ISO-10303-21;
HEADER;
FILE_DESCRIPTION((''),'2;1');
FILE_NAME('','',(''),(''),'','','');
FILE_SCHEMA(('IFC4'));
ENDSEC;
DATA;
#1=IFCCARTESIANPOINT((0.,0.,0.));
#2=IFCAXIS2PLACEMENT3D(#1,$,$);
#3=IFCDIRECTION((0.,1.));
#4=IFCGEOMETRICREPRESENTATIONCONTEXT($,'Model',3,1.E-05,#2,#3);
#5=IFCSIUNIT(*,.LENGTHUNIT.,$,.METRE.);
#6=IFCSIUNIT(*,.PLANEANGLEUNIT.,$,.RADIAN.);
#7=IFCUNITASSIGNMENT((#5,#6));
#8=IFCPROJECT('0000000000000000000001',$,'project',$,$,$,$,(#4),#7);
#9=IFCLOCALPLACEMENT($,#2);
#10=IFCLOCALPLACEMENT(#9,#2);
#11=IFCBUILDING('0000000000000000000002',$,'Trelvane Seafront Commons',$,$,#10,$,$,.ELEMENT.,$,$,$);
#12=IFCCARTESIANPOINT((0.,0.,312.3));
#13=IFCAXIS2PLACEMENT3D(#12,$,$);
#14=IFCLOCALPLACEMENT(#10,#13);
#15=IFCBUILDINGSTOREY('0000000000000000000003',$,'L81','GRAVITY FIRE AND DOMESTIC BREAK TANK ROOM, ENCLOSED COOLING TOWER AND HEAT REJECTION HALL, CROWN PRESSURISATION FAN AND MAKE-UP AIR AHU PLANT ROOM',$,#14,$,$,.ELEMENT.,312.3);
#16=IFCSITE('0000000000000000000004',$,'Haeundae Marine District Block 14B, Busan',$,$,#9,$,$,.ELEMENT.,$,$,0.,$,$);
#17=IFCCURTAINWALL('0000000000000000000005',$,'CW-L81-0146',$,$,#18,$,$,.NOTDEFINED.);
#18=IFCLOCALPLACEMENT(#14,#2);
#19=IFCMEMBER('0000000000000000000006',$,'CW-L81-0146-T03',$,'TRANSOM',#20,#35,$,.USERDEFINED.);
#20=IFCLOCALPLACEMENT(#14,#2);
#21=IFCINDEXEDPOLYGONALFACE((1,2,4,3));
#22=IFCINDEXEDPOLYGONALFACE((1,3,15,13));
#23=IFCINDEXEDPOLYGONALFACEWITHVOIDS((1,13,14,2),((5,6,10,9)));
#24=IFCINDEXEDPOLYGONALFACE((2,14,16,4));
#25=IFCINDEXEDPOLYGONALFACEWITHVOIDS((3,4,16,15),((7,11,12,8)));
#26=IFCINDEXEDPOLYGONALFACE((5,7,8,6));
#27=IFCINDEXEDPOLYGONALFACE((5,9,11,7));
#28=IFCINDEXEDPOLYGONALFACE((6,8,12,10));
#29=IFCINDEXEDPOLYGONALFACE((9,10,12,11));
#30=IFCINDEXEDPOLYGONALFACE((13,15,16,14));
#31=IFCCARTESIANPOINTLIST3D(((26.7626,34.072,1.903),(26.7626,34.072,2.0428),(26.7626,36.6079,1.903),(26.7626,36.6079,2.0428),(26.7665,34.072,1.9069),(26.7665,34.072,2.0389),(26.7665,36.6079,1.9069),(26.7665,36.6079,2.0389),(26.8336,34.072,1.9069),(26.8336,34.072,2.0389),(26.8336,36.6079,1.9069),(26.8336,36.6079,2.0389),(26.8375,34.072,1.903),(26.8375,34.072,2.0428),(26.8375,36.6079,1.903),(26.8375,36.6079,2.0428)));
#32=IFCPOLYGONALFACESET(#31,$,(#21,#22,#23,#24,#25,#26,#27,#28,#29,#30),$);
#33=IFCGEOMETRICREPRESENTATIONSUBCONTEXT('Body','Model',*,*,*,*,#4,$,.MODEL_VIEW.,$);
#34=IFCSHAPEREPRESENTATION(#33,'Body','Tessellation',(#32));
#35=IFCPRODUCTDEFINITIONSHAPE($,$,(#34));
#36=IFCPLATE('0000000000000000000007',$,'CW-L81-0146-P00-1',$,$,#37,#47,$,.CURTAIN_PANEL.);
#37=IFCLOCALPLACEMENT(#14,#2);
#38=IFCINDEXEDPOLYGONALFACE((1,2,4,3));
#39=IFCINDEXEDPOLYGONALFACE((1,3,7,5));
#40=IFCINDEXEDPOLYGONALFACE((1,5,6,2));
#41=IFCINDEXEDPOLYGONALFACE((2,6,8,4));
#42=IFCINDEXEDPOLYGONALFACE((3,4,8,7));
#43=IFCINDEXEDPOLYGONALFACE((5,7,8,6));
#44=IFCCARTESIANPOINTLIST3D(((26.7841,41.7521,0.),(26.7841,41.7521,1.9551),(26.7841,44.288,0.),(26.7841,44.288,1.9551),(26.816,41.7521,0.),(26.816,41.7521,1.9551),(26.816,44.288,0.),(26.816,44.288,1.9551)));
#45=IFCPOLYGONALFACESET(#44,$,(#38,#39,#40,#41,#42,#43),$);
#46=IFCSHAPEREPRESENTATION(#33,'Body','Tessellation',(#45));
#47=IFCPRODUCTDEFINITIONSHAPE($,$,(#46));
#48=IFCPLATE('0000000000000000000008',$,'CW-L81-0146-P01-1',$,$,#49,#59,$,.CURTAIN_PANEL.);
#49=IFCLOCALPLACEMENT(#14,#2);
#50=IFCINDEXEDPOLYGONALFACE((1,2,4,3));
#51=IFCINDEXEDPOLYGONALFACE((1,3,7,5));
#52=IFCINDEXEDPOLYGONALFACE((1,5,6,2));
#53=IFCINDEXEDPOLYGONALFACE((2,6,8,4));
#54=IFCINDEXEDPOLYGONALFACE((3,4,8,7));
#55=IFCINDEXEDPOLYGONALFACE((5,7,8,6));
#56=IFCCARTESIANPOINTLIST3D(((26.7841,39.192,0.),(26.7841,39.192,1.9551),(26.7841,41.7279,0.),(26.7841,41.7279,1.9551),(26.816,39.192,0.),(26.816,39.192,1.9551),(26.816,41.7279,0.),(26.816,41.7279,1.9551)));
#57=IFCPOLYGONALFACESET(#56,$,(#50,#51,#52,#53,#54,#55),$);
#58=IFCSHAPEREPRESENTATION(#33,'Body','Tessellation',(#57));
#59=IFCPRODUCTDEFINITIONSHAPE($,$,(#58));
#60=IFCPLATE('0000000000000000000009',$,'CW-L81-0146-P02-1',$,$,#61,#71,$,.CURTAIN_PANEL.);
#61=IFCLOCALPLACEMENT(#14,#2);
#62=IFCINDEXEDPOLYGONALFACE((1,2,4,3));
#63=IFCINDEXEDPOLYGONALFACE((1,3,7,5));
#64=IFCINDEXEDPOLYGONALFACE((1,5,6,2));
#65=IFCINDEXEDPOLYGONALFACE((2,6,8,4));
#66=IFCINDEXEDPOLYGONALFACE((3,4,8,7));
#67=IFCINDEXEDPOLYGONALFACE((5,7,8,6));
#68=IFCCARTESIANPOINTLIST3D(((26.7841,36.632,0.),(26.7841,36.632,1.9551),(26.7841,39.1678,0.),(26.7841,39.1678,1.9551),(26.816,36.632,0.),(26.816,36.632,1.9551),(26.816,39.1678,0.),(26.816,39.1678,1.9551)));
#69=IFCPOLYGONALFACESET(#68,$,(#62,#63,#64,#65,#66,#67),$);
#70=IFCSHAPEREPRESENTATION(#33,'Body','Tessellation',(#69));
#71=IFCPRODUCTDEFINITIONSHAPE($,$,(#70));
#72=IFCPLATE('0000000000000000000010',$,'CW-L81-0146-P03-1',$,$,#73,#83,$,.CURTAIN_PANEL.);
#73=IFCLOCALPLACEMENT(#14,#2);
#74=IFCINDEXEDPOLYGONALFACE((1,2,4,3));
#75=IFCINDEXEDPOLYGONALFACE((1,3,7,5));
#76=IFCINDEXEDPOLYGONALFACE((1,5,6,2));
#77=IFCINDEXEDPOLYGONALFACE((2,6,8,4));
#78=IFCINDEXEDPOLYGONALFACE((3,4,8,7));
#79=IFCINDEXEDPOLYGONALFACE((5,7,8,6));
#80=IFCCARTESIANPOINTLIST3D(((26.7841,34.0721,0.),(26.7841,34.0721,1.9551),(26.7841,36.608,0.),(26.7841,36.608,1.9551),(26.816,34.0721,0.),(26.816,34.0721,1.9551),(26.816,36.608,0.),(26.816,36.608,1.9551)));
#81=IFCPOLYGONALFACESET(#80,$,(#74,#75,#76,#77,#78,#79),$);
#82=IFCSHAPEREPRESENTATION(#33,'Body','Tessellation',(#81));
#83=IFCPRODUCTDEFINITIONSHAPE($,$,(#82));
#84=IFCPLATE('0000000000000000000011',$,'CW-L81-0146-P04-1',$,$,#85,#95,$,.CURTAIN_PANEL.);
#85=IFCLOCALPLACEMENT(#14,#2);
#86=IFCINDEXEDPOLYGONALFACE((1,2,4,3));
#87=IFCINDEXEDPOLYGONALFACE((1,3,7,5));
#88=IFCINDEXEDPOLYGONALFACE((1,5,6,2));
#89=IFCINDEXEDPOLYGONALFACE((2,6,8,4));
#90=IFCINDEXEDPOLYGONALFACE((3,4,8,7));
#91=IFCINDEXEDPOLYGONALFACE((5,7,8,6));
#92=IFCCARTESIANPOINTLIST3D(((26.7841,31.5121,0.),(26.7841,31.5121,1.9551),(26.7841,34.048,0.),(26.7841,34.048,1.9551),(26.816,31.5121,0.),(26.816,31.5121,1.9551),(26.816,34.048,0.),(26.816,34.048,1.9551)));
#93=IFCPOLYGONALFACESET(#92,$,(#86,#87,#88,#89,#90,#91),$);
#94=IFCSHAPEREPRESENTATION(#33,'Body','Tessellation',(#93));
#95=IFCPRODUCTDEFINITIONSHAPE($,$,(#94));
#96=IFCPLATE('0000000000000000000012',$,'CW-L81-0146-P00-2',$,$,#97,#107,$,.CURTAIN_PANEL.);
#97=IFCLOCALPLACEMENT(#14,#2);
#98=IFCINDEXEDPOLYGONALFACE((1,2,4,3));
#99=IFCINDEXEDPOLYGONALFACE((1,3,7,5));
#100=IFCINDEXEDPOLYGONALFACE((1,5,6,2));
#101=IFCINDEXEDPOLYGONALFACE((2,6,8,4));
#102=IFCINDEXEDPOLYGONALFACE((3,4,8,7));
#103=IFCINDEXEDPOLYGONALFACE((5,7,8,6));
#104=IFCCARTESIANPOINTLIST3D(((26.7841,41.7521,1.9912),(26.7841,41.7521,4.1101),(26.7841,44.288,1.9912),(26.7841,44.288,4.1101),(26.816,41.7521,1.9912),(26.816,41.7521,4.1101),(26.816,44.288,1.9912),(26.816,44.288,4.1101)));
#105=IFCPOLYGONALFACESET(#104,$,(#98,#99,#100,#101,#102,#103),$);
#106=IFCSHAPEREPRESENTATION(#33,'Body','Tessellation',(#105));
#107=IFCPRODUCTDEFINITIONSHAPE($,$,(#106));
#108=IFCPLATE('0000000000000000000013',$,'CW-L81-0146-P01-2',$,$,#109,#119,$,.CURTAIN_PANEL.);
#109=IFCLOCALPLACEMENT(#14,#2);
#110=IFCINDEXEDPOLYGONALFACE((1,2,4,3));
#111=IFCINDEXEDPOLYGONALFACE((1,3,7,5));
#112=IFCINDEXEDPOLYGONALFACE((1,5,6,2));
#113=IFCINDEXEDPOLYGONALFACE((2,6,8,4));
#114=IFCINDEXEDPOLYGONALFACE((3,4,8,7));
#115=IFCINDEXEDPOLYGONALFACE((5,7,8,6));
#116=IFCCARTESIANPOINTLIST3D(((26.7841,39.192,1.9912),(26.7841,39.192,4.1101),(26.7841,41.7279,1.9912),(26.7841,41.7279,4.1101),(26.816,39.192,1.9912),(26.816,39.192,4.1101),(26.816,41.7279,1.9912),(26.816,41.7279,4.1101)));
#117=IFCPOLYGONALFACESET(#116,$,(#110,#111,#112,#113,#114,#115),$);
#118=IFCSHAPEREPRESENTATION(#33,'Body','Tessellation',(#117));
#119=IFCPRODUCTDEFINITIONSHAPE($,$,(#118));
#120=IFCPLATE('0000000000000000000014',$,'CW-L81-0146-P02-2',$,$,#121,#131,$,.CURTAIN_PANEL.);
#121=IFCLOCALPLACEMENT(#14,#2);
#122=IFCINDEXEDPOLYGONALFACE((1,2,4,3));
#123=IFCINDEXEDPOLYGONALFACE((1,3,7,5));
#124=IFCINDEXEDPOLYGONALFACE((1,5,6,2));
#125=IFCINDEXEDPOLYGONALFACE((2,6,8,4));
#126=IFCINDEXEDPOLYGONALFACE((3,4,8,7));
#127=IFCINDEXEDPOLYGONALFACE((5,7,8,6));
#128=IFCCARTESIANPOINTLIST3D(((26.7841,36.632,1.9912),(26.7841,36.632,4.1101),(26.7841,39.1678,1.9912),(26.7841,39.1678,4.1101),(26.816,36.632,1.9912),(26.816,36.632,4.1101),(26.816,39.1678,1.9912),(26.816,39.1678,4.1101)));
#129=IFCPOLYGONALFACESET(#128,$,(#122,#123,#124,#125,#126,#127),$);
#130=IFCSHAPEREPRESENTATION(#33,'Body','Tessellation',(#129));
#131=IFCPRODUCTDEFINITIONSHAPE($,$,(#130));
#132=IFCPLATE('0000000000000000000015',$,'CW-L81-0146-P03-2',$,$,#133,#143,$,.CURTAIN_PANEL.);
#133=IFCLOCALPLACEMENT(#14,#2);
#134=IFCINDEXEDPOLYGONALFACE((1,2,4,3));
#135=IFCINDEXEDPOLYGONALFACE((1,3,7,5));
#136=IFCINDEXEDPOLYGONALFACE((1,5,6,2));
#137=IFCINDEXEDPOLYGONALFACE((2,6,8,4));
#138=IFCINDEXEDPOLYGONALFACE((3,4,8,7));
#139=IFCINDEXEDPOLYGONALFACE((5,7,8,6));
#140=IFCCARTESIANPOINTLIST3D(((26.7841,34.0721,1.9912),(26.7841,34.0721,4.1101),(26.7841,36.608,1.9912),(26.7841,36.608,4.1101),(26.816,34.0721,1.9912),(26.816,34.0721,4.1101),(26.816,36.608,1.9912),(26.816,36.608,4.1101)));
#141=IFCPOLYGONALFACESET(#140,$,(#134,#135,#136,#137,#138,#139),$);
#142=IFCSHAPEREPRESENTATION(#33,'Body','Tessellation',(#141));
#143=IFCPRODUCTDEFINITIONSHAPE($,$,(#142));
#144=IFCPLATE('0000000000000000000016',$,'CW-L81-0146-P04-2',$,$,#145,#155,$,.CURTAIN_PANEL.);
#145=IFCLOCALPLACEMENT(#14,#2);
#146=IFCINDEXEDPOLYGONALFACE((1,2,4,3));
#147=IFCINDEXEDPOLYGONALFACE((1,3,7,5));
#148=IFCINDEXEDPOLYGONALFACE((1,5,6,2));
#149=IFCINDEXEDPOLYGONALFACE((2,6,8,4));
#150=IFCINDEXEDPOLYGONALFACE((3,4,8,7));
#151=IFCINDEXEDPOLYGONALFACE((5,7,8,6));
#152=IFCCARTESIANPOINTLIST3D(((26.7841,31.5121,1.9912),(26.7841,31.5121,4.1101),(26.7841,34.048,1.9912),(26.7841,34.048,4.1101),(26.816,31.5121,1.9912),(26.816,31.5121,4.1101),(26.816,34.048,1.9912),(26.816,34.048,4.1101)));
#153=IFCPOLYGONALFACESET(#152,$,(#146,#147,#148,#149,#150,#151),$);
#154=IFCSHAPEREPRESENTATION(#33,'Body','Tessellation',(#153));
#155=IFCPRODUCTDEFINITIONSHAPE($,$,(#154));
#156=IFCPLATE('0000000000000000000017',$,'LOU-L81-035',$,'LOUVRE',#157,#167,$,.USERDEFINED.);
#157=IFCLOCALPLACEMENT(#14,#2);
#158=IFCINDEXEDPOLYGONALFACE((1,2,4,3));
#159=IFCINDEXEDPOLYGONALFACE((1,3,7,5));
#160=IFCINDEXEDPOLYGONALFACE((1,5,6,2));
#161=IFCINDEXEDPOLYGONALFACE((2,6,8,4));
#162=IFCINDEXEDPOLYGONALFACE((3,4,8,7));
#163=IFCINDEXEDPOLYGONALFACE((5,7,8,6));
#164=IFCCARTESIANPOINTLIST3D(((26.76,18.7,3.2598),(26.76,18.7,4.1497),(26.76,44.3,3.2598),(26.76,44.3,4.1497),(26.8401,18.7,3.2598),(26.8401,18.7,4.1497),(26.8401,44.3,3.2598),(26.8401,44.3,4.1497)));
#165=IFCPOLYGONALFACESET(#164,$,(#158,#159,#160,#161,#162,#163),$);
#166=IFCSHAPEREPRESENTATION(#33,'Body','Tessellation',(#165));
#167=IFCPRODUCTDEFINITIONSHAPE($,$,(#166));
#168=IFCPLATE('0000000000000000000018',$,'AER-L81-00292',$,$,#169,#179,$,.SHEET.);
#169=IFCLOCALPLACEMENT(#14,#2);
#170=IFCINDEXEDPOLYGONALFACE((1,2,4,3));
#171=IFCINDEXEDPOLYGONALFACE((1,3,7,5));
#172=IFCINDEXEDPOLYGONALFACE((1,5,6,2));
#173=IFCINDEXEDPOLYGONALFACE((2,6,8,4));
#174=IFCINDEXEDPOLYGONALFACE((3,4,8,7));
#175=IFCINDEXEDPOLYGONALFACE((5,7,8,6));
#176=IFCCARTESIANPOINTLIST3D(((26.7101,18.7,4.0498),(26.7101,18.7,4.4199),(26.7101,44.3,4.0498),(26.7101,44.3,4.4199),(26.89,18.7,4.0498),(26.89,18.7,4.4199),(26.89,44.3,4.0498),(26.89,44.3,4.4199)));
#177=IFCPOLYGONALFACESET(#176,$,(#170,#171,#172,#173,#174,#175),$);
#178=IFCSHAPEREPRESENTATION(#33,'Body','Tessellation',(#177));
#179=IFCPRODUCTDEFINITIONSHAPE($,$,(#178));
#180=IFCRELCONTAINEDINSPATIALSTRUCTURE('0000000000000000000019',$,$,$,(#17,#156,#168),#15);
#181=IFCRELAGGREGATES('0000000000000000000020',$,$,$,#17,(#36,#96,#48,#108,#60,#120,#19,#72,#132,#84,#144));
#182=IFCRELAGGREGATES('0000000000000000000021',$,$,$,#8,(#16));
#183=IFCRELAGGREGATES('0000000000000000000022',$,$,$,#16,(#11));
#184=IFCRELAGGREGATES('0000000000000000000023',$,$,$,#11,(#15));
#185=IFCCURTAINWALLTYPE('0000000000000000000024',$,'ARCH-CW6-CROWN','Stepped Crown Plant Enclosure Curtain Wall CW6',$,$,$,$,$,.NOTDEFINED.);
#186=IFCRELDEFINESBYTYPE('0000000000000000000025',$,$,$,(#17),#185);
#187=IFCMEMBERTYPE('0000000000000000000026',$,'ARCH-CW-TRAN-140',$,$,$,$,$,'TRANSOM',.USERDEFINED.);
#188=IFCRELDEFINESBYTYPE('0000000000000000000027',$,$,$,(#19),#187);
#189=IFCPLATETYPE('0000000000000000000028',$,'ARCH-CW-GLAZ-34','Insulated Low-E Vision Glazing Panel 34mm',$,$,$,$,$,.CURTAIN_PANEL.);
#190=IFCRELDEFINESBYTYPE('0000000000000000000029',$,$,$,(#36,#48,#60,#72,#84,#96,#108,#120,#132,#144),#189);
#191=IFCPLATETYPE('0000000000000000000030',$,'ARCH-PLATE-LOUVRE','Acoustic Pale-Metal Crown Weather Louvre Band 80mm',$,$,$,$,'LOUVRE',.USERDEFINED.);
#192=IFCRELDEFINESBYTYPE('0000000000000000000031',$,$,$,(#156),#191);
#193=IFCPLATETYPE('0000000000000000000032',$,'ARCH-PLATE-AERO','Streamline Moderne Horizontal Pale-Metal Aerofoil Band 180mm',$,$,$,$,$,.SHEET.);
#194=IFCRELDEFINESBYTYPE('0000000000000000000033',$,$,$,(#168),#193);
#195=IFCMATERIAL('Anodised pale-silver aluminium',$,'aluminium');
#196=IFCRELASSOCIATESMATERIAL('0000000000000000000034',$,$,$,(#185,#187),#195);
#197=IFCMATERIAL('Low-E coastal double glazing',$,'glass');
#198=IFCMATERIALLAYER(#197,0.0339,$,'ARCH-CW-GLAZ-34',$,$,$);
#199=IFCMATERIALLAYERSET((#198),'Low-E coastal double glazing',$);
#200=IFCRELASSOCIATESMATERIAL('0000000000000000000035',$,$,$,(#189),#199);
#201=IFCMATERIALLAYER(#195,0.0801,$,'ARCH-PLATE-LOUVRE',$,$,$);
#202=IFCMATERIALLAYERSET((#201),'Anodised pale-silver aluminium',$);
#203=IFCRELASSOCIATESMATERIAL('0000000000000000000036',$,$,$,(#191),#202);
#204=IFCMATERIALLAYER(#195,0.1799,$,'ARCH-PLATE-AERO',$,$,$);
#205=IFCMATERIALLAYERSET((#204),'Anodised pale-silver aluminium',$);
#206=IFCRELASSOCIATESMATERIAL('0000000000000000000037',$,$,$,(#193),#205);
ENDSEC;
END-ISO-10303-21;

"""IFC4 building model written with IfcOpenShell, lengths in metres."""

from ifc_helpers import new_model, si_unit, direction, frame, origin, origin_2d, place, context, subcontext, project, spatial, rectangle, hollow_rectangle, extrude, source, transform, mapped, material, layer, layer_set, material_profile, profile_set, type_object, element, aggregate, save


model = new_model("IFC4")

# Units and contexts
model_context = context("Model", 3, precision=1e-05, world=origin(), true_north=direction((0.0, 1.0)))
body_context = subcontext(model_context, "Body", "Model", "MODEL_VIEW")
ifc_project = project(units=[si_unit("LENGTHUNIT", "METRE"), si_unit("PLANEANGLEUNIT", "RADIAN")], contexts=[model_context])

# Site, building, storey
site_placement = place(None, origin())
site = spatial("IfcSite", under=ifc_project, at=site_placement, Name="Haeundae Marine District Block 14B, Busan", CompositionType="ELEMENT", RefElevation=0.0)
building_placement = place(site_placement, origin())
building = spatial("IfcBuilding", under=site, at=building_placement, Name="Trelvane Seafront Commons", CompositionType="ELEMENT")
storey_placement = place(building_placement, frame((0.0, 0.0, 312.3)))
storey = spatial("IfcBuildingStorey", under=building, at=storey_placement, Name="L81", Description="GRAVITY FIRE AND DOMESTIC BREAK TANK ROOM, ENCLOSED COOLING TOWER AND HEAT REJECTION HALL, CROWN PRESSURISATION FAN AND MAKE-UP AIR AHU PLANT ROOM", CompositionType="ELEMENT", Elevation=312.3)

# Curtain wall, member, plates
ifc_material_1 = material(Name="Anodised pale-silver aluminium", Category="aluminium")
curtain_wall_type = type_object("IfcCurtainWallType", Name="ARCH-CW6-CROWN", Description="Stepped Crown Plant Enclosure Curtain Wall CW6", PredefinedType="NOTDEFINED", material=ifc_material_1)
curtain_wall_placement = place(storey_placement, origin())
curtain_wall = element("IfcCurtainWall", 1, at=curtain_wall_placement, inside=storey, type_object=curtain_wall_type, Name="CW-L81-0146", PredefinedType="NOTDEFINED")
ifc_material_profile_1 = material_profile(ifc_material_1, hollow_rectangle(XDim=0.075, YDim=0.1399, WallThickness=0.0039, at=origin_2d()), Name="TRAN-75x140x4")
ifc_profile_set_1 = profile_set([ifc_material_profile_1], Name="Anodised pale-silver aluminium")
member_type_1 = type_object("IfcMemberType", Name="ARCH-CW-TRAN-140", ElementType="TRANSOM", PredefinedType="USERDEFINED", material=ifc_profile_set_1)
shared_shape_1 = source(origin(), body_context, "Body", "SweptSolid", [
    extrude(hollow_rectangle(XDim=0.075, YDim=0.1399, WallThickness=0.0039, at=origin_2d()), origin(), (0.0, 0.0, 1.0), 2.5359),
])
member_1_placement = place(storey_placement, frame((26.8, 36.6079, 1.9729), z_axis=(0.0, -1.0, 0.0), x_axis=(1.0, 0.0, 0.0)))
member_1 = element("IfcMember", 2, at=member_1_placement, type_object=member_type_1, Name="CW-L81-0146-T03", ObjectType="TRANSOM", PredefinedType="USERDEFINED", context=body_context, shape_type="MappedRepresentation", body=[
    mapped(shared_shape_1, transform((0.0, 0.0, 0.0), x_axis=(1.0, 0.0, 0.0), y_axis=(0.0, 1.0, 0.0), z_axis=(0.0, 0.0, 1.0), scale=1.0)),
])
ifc_material_2 = material(Name="Low-E coastal double glazing", Category="glass")
ifc_layer_1 = layer(ifc_material_2, 0.0339, Name="ARCH-CW-GLAZ-34")
ifc_layer_set_1 = layer_set([ifc_layer_1], Name="Low-E coastal double glazing")
plate_type_1 = type_object("IfcPlateType", Name="ARCH-CW-GLAZ-34", Description="Insulated Low-E Vision Glazing Panel 34mm", PredefinedType="CURTAIN_PANEL", material=ifc_layer_set_1)
shared_shape_2 = source(origin(), body_context, "Body", "SweptSolid", [
    extrude(rectangle(XDim=2.5359, YDim=0.032, at=origin_2d()), origin(), (0.0, 0.0, 1.0), 1.9551),
])
plate_1_placement = place(storey_placement, frame((26.8, 43.02, 0.0), z_axis=(0.0, 0.0, 1.0), x_axis=(0.0, -1.0, 0.0)))
plate_1 = element("IfcPlate", 3, at=plate_1_placement, type_object=plate_type_1, Name="CW-L81-0146-P00-1", PredefinedType="CURTAIN_PANEL", context=body_context, shape_type="MappedRepresentation", body=[
    mapped(shared_shape_2, transform((0.0, 0.0, 0.0), x_axis=(1.0, 0.0, 0.0), y_axis=(0.0, 1.0, 0.0), z_axis=(0.0, 0.0, 1.0), scale=1.0)),
])
plate_2_placement = place(storey_placement, frame((26.8, 40.46, 0.0), z_axis=(0.0, 0.0, 1.0), x_axis=(0.0, -1.0, 0.0)))
plate_2 = element("IfcPlate", 4, at=plate_2_placement, type_object=plate_type_1, Name="CW-L81-0146-P01-1", PredefinedType="CURTAIN_PANEL", context=body_context, shape_type="MappedRepresentation", body=[
    mapped(shared_shape_2, transform((0.0, 0.0, 0.0), x_axis=(1.0, 0.0, 0.0), y_axis=(0.0, 1.0, 0.0), z_axis=(0.0, 0.0, 1.0), scale=1.0)),
])
plate_3_placement = place(storey_placement, frame((26.8, 37.8999, 0.0), z_axis=(0.0, 0.0, 1.0), x_axis=(0.0, -1.0, 0.0)))
plate_3 = element("IfcPlate", 5, at=plate_3_placement, type_object=plate_type_1, Name="CW-L81-0146-P02-1", PredefinedType="CURTAIN_PANEL", context=body_context, shape_type="MappedRepresentation", body=[
    mapped(shared_shape_2, transform((0.0, 0.0, 0.0), x_axis=(1.0, 0.0, 0.0), y_axis=(0.0, 1.0, 0.0), z_axis=(0.0, 0.0, 1.0), scale=1.0)),
])
plate_4_placement = place(storey_placement, frame((26.8, 35.3401, 0.0), z_axis=(0.0, 0.0, 1.0), x_axis=(0.0, -1.0, 0.0)))
plate_4 = element("IfcPlate", 6, at=plate_4_placement, type_object=plate_type_1, Name="CW-L81-0146-P03-1", PredefinedType="CURTAIN_PANEL", context=body_context, shape_type="MappedRepresentation", body=[
    mapped(shared_shape_2, transform((0.0, 0.0, 0.0), x_axis=(1.0, 0.0, 0.0), y_axis=(0.0, 1.0, 0.0), z_axis=(0.0, 0.0, 1.0), scale=1.0)),
])
plate_5_placement = place(storey_placement, frame((26.8, 32.78, 0.0), z_axis=(0.0, 0.0, 1.0), x_axis=(0.0, -1.0, 0.0)))
plate_5 = element("IfcPlate", 7, at=plate_5_placement, type_object=plate_type_1, Name="CW-L81-0146-P04-1", PredefinedType="CURTAIN_PANEL", context=body_context, shape_type="MappedRepresentation", body=[
    mapped(shared_shape_2, transform((0.0, 0.0, 0.0), x_axis=(1.0, 0.0, 0.0), y_axis=(0.0, 1.0, 0.0), z_axis=(0.0, 0.0, 1.0), scale=1.0)),
])
shared_shape_3 = source(origin(), body_context, "Body", "SweptSolid", [
    extrude(rectangle(XDim=2.5359, YDim=0.032, at=origin_2d()), origin(), (0.0, 0.0, 1.0), 2.1189),
])
plate_6_placement = place(storey_placement, frame((26.8, 43.02, 1.9912), z_axis=(0.0, 0.0, 1.0), x_axis=(0.0, -1.0, 0.0)))
plate_6 = element("IfcPlate", 8, at=plate_6_placement, type_object=plate_type_1, Name="CW-L81-0146-P00-2", PredefinedType="CURTAIN_PANEL", context=body_context, shape_type="MappedRepresentation", body=[
    mapped(shared_shape_3, transform((0.0, 0.0, 0.0), x_axis=(1.0, 0.0, 0.0), y_axis=(0.0, 1.0, 0.0), z_axis=(0.0, 0.0, 1.0), scale=1.0)),
])
plate_7_placement = place(storey_placement, frame((26.8, 40.46, 1.9912), z_axis=(0.0, 0.0, 1.0), x_axis=(0.0, -1.0, 0.0)))
plate_7 = element("IfcPlate", 9, at=plate_7_placement, type_object=plate_type_1, Name="CW-L81-0146-P01-2", PredefinedType="CURTAIN_PANEL", context=body_context, shape_type="MappedRepresentation", body=[
    mapped(shared_shape_3, transform((0.0, 0.0, 0.0), x_axis=(1.0, 0.0, 0.0), y_axis=(0.0, 1.0, 0.0), z_axis=(0.0, 0.0, 1.0), scale=1.0)),
])
plate_8_placement = place(storey_placement, frame((26.8, 37.8999, 1.9912), z_axis=(0.0, 0.0, 1.0), x_axis=(0.0, -1.0, 0.0)))
plate_8 = element("IfcPlate", 10, at=plate_8_placement, type_object=plate_type_1, Name="CW-L81-0146-P02-2", PredefinedType="CURTAIN_PANEL", context=body_context, shape_type="MappedRepresentation", body=[
    mapped(shared_shape_3, transform((0.0, 0.0, 0.0), x_axis=(1.0, 0.0, 0.0), y_axis=(0.0, 1.0, 0.0), z_axis=(0.0, 0.0, 1.0), scale=1.0)),
])
plate_9_placement = place(storey_placement, frame((26.8, 35.3401, 1.9912), z_axis=(0.0, 0.0, 1.0), x_axis=(0.0, -1.0, 0.0)))
plate_9 = element("IfcPlate", 11, at=plate_9_placement, type_object=plate_type_1, Name="CW-L81-0146-P03-2", PredefinedType="CURTAIN_PANEL", context=body_context, shape_type="MappedRepresentation", body=[
    mapped(shared_shape_3, transform((0.0, 0.0, 0.0), x_axis=(1.0, 0.0, 0.0), y_axis=(0.0, 1.0, 0.0), z_axis=(0.0, 0.0, 1.0), scale=1.0)),
])
plate_10_placement = place(storey_placement, frame((26.8, 32.78, 1.9912), z_axis=(0.0, 0.0, 1.0), x_axis=(0.0, -1.0, 0.0)))
plate_10 = element("IfcPlate", 12, at=plate_10_placement, type_object=plate_type_1, Name="CW-L81-0146-P04-2", PredefinedType="CURTAIN_PANEL", context=body_context, shape_type="MappedRepresentation", body=[
    mapped(shared_shape_3, transform((0.0, 0.0, 0.0), x_axis=(1.0, 0.0, 0.0), y_axis=(0.0, 1.0, 0.0), z_axis=(0.0, 0.0, 1.0), scale=1.0)),
])
aggregate(curtain_wall, [plate_1, plate_6, plate_2, plate_7, plate_3, plate_8, member_1, plate_4, plate_9, plate_5, plate_10])

# Plates
ifc_layer_2 = layer(ifc_material_1, 0.0801, Name="ARCH-PLATE-LOUVRE")
ifc_layer_set_2 = layer_set([ifc_layer_2], Name="Anodised pale-silver aluminium")
plate_type_2 = type_object("IfcPlateType", Name="ARCH-PLATE-LOUVRE", Description="Acoustic Pale-Metal Crown Weather Louvre Band 80mm", ElementType="LOUVRE", PredefinedType="USERDEFINED", material=ifc_layer_set_2)
shared_shape_4 = source(origin(), body_context, "Body", "SweptSolid", [
    extrude(rectangle(XDim=25.6001, YDim=0.0801, at=origin_2d()), origin(), (0.0, 0.0, 1.0), 0.8899),
])
plate_11_placement = place(storey_placement, frame((26.8, 31.5, 3.2598), z_axis=(0.0, 0.0, 1.0), x_axis=(0.0, -1.0, 0.0)))
element("IfcPlate", 13, at=plate_11_placement, inside=storey, type_object=plate_type_2, Name="LOU-L81-035", ObjectType="LOUVRE", PredefinedType="USERDEFINED", context=body_context, shape_type="MappedRepresentation", body=[
    mapped(shared_shape_4, transform((0.0, 0.0, 0.0), x_axis=(1.0, 0.0, 0.0), y_axis=(0.0, 1.0, 0.0), z_axis=(0.0, 0.0, 1.0), scale=1.0)),
])
ifc_layer_3 = layer(ifc_material_1, 0.1799, Name="ARCH-PLATE-AERO")
ifc_layer_set_3 = layer_set([ifc_layer_3], Name="Anodised pale-silver aluminium")
plate_type_3 = type_object("IfcPlateType", Name="ARCH-PLATE-AERO", Description="Streamline Moderne Horizontal Pale-Metal Aerofoil Band 180mm", PredefinedType="SHEET", material=ifc_layer_set_3)
shared_shape_5 = source(origin(), body_context, "Body", "SweptSolid", [
    extrude(rectangle(XDim=25.6001, YDim=0.1799, at=origin_2d()), origin(), (0.0, 0.0, 1.0), 0.3701),
])
plate_12_placement = place(storey_placement, frame((26.8, 31.5, 4.0498), z_axis=(0.0, 0.0, 1.0), x_axis=(0.0, -1.0, 0.0)))
element("IfcPlate", 14, at=plate_12_placement, inside=storey, type_object=plate_type_3, Name="AER-L81-00292", PredefinedType="SHEET", context=body_context, shape_type="MappedRepresentation", body=[
    mapped(shared_shape_5, transform((0.0, 0.0, 0.0), x_axis=(1.0, 0.0, 0.0), y_axis=(0.0, 1.0, 0.0), z_axis=(0.0, 0.0, 1.0), scale=1.0)),
])

save(model, "model.ifc")
